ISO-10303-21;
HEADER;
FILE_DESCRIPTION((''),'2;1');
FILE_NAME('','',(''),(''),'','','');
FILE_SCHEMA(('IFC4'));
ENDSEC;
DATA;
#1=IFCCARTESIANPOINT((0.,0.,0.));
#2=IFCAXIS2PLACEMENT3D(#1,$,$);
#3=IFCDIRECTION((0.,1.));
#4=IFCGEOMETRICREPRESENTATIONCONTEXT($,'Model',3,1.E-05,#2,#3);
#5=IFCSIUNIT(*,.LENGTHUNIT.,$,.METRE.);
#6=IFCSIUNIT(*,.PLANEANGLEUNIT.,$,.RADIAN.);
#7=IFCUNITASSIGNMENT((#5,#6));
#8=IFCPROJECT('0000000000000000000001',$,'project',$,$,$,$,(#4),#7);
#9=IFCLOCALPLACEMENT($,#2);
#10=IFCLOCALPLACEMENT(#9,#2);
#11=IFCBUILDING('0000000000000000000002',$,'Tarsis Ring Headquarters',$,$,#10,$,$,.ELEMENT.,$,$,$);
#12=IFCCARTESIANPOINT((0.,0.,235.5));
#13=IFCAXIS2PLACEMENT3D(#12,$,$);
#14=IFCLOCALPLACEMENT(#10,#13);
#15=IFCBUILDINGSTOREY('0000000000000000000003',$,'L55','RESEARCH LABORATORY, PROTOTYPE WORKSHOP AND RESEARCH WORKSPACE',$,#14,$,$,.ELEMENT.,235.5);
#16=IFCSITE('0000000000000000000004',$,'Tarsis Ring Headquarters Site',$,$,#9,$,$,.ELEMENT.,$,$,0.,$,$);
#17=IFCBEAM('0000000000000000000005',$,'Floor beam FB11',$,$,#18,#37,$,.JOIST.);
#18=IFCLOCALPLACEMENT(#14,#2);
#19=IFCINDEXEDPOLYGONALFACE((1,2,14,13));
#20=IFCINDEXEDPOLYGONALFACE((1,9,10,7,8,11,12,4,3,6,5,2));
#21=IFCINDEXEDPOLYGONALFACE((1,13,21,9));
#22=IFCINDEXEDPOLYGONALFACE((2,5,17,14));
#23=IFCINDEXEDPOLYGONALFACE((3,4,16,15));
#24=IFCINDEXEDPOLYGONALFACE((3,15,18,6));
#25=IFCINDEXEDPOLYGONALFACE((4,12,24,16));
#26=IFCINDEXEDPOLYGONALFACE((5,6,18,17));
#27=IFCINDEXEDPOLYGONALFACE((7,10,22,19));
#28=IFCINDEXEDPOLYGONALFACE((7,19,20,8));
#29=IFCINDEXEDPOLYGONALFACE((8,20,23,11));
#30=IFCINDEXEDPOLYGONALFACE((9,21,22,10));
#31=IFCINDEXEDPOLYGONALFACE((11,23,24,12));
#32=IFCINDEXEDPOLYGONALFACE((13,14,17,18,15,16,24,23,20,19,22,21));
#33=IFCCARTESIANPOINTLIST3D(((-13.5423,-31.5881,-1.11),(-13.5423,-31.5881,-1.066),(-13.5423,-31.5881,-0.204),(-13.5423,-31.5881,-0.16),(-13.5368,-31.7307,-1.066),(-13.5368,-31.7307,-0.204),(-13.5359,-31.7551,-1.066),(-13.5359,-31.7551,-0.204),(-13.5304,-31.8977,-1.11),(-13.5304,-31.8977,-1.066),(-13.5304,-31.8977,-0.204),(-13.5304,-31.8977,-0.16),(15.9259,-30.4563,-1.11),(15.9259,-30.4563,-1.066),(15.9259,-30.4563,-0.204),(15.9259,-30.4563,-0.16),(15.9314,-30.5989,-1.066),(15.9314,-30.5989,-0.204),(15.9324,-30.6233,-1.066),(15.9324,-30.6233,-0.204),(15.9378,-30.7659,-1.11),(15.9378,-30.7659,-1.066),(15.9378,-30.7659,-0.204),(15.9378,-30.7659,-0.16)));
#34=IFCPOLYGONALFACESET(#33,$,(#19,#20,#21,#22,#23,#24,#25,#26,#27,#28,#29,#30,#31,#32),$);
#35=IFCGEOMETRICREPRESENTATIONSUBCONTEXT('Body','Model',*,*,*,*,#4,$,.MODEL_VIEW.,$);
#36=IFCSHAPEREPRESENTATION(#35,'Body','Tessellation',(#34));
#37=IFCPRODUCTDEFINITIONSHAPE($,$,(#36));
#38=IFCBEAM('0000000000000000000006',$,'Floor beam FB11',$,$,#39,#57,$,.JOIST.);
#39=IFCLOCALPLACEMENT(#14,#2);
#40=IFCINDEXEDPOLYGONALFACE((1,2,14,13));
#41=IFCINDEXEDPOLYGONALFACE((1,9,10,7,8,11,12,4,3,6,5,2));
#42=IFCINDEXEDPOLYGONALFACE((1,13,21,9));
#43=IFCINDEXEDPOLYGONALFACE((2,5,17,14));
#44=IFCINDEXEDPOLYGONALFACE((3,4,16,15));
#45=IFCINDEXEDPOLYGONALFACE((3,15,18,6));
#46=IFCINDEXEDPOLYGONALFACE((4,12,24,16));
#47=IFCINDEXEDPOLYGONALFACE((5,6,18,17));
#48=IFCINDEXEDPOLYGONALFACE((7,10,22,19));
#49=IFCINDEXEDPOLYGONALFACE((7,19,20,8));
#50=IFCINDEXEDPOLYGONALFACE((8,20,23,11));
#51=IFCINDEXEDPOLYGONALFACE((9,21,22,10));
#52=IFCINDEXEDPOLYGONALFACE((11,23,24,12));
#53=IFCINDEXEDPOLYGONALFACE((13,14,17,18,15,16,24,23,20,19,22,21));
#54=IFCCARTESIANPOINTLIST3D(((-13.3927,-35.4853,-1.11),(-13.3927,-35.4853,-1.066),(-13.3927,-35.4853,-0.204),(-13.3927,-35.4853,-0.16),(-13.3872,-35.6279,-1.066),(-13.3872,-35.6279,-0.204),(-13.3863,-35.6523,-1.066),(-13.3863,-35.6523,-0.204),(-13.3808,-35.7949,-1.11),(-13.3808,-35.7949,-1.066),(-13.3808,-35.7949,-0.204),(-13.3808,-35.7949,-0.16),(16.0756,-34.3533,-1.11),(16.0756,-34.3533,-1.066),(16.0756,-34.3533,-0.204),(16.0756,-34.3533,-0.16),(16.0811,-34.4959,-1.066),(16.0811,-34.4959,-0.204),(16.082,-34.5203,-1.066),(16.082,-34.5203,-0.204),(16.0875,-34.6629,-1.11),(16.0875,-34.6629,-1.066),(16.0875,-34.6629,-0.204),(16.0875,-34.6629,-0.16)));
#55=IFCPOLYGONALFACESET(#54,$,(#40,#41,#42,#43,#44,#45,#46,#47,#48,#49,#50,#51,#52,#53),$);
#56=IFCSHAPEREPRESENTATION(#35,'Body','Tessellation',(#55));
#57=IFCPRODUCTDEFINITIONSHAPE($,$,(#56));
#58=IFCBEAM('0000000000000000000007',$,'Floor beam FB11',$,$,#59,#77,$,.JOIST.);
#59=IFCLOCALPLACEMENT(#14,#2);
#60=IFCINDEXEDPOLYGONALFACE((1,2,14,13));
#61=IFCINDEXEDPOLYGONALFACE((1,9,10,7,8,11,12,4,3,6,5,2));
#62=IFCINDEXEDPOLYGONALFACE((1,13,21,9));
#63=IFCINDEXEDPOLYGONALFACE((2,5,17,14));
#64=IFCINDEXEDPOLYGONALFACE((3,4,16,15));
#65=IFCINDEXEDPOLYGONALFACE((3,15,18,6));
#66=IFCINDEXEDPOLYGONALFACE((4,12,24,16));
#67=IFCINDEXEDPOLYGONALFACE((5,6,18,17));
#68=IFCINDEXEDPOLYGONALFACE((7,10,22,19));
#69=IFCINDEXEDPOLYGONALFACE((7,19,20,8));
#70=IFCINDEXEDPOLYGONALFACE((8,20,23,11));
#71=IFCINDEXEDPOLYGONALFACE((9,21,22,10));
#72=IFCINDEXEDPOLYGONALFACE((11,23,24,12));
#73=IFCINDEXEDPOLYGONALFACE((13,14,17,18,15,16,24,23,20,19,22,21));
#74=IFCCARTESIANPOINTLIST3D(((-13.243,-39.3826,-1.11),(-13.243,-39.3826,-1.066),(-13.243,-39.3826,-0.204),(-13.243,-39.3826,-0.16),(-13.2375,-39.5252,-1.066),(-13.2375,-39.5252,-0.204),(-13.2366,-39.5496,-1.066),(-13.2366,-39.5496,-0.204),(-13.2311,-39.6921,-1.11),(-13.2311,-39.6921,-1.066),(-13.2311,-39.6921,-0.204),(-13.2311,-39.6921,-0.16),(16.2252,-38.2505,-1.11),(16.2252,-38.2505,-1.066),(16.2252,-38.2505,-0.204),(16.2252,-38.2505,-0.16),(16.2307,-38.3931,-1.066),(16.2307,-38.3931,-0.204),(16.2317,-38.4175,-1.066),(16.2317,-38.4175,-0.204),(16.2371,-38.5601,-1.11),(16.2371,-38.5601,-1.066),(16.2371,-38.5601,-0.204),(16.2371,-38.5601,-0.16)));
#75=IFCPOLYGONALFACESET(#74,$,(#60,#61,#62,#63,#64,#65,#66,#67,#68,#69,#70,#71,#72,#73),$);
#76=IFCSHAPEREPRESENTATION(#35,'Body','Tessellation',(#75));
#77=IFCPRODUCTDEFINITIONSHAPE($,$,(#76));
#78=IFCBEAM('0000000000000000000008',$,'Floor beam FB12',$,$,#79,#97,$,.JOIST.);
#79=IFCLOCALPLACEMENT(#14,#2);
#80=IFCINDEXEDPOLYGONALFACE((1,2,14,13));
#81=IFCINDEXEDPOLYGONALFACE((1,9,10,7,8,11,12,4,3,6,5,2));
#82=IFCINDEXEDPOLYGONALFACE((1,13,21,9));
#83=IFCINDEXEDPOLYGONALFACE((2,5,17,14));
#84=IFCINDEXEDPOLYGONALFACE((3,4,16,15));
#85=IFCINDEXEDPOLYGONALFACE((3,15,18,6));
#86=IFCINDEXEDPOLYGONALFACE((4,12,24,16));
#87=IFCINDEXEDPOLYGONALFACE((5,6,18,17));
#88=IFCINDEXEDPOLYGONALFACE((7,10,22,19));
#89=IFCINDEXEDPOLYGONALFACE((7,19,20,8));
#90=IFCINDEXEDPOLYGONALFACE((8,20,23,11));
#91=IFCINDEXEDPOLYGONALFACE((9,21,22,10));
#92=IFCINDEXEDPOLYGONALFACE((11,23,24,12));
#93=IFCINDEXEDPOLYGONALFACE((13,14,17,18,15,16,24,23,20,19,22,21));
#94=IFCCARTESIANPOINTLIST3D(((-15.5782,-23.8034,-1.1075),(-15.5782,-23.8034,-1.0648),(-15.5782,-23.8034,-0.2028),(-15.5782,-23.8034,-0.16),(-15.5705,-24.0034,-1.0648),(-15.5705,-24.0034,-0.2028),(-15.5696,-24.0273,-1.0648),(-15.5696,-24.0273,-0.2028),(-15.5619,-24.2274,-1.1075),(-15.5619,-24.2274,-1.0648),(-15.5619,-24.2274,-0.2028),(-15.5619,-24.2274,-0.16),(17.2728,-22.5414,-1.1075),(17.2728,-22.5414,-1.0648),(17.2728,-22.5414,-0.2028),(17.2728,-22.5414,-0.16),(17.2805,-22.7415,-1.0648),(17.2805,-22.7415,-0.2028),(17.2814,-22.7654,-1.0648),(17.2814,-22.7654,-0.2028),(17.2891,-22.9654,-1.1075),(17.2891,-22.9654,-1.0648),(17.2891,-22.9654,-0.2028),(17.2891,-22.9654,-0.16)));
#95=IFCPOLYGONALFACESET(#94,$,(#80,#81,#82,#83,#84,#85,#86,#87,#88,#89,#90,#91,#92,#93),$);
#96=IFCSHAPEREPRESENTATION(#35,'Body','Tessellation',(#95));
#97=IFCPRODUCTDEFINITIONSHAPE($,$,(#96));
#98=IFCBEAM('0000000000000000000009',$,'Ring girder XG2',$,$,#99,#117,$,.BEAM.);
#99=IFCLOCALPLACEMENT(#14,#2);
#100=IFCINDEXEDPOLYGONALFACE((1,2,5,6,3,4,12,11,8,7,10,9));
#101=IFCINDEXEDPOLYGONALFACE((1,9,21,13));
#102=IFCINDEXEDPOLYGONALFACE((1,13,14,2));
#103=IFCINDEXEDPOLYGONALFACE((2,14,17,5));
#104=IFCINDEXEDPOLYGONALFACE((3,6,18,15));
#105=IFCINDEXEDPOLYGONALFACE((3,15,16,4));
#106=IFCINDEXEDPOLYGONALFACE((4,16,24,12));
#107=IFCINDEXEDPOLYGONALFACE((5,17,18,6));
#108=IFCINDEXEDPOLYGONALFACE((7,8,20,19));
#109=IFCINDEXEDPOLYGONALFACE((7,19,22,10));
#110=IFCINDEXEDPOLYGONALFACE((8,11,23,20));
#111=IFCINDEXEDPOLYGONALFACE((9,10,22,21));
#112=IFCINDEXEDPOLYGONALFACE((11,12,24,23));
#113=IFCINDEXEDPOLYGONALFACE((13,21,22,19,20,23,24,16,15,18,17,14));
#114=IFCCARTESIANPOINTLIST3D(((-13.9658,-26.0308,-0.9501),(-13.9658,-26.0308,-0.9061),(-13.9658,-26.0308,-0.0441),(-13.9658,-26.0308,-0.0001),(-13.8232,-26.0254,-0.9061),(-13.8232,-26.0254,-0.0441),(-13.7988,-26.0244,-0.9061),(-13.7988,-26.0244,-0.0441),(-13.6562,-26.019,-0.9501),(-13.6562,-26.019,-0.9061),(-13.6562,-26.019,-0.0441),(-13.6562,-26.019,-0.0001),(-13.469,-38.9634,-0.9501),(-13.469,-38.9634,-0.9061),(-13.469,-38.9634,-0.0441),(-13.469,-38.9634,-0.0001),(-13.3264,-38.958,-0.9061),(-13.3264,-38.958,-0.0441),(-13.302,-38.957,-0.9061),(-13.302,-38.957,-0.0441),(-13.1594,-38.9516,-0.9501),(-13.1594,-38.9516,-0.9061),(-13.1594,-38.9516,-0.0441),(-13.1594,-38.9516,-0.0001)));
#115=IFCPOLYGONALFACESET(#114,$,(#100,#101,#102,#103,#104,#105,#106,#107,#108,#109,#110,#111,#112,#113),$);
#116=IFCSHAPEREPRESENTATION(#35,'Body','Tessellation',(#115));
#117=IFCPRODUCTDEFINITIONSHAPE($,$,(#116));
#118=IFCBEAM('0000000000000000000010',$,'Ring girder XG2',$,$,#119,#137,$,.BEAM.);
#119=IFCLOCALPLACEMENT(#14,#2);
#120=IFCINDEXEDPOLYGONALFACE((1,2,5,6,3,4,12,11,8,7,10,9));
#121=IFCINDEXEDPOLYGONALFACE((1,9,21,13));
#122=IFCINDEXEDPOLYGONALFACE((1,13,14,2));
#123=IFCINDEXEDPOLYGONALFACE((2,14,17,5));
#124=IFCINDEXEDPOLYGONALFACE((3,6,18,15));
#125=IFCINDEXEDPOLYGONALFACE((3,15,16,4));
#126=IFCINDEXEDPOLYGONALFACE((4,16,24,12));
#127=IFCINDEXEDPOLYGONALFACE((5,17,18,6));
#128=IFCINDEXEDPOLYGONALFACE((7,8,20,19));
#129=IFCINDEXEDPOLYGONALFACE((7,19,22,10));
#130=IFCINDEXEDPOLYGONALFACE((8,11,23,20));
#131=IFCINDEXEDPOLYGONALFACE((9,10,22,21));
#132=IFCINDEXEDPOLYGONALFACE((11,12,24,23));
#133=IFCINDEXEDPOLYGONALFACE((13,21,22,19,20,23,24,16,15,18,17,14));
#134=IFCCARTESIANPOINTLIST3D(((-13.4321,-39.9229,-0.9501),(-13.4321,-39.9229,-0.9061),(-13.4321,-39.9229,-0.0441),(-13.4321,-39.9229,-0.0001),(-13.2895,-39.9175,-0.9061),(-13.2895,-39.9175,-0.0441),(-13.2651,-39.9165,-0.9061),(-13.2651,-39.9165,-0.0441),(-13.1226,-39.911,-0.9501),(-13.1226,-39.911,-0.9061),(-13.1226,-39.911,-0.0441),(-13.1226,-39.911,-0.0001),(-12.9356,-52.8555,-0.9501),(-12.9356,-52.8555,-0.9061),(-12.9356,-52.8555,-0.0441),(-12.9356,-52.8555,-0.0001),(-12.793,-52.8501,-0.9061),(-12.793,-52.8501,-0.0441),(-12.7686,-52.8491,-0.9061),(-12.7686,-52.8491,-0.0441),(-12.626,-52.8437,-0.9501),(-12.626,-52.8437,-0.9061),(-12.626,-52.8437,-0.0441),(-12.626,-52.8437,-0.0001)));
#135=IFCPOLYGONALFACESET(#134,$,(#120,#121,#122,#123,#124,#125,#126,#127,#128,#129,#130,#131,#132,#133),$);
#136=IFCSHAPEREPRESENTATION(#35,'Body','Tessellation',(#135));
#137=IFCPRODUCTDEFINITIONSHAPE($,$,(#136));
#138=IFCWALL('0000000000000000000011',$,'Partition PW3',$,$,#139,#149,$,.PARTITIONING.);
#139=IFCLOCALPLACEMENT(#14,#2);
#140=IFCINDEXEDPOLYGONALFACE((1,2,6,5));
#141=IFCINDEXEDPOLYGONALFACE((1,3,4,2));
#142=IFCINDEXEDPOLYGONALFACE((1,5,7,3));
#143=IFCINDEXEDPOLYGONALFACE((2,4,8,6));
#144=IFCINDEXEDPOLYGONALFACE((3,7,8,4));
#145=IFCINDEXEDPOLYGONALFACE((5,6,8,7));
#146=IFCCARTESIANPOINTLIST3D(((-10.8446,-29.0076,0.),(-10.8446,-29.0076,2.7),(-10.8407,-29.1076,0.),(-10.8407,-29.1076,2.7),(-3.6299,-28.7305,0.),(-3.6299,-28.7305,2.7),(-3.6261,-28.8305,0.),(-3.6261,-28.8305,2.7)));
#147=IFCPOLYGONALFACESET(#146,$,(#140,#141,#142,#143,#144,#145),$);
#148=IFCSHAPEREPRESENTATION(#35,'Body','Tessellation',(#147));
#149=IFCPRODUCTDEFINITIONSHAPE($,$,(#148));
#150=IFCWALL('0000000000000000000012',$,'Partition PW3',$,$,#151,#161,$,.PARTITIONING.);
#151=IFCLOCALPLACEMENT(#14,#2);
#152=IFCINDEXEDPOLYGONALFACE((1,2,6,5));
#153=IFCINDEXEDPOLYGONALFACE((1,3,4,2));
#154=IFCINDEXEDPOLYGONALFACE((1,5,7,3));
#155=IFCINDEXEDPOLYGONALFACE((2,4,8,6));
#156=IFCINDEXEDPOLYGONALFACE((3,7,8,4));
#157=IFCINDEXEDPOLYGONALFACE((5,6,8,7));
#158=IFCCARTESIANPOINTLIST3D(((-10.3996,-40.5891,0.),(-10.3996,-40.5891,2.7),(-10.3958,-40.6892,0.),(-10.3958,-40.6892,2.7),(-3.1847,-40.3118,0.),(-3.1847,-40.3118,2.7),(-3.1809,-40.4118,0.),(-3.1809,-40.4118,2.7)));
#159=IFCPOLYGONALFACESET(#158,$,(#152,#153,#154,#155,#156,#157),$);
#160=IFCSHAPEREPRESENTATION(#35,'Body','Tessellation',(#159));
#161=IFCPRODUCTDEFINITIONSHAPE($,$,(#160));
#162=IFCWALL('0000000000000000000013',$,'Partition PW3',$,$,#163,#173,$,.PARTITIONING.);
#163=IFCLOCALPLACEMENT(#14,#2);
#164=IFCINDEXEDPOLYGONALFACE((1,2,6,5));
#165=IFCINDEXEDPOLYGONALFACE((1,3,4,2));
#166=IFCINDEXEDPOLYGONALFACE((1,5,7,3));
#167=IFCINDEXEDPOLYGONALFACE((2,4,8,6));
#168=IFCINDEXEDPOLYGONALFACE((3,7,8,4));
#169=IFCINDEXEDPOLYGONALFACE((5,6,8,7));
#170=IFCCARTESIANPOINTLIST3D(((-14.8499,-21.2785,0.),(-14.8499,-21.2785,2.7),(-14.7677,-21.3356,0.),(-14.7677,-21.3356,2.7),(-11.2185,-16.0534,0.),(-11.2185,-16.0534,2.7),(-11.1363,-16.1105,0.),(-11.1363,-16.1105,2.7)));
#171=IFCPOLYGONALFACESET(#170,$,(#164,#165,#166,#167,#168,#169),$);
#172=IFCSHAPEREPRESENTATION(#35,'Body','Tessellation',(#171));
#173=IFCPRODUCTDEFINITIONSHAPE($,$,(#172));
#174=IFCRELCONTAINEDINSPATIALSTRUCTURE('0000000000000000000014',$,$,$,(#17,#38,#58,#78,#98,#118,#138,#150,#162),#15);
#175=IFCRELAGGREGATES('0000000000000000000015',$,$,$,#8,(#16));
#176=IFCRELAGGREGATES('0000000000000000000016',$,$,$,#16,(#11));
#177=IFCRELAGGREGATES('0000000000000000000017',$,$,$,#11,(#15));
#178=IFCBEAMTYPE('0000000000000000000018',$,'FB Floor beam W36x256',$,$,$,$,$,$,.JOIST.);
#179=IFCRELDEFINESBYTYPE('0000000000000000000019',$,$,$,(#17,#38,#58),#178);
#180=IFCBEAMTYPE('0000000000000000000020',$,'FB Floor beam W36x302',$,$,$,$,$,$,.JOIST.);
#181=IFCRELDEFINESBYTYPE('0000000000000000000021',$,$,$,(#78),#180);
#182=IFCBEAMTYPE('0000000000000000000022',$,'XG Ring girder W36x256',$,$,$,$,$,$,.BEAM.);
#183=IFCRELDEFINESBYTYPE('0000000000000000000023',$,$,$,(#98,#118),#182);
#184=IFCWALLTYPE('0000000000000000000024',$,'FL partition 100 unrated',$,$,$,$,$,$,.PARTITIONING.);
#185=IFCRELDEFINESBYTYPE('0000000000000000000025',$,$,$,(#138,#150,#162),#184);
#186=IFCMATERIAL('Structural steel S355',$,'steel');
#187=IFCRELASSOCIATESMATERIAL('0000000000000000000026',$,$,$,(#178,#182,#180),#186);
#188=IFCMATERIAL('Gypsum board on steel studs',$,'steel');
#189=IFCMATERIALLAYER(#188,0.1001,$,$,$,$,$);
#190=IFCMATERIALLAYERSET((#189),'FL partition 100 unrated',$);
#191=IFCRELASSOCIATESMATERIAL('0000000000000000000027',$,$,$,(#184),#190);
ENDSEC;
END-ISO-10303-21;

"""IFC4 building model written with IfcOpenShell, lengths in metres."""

from ifc_helpers import new_model, si_unit, direction, frame, frame_2d, origin, origin_2d, place, context, subcontext, project, spatial, rectangle, i_section, extrude, material, layer, layer_set, material_profile, profile_set, type_object, element, save


model = new_model("IFC4")

# Units and contexts
model_context = context("Model", 3, precision=1e-05, world=origin(), true_north=direction((0.0, 1.0)))
body_context = subcontext(model_context, "Body", "Model", "MODEL_VIEW")
ifc_project = project(units=[si_unit("LENGTHUNIT", "METRE"), si_unit("PLANEANGLEUNIT", "RADIAN")], contexts=[model_context])

# Site, building, storey
site_placement = place(None, origin())
site = spatial("IfcSite", under=ifc_project, at=site_placement, Name="Tarsis Ring Headquarters Site", CompositionType="ELEMENT", RefElevation=0.0)
building_placement = place(site_placement, origin())
building = spatial("IfcBuilding", under=site, at=building_placement, Name="Tarsis Ring Headquarters", CompositionType="ELEMENT")
storey_placement = place(building_placement, frame((0.0, 0.0, 235.5)))
storey = spatial("IfcBuildingStorey", under=building, at=storey_placement, Name="L55", Description="RESEARCH LABORATORY, PROTOTYPE WORKSHOP AND RESEARCH WORKSPACE", CompositionType="ELEMENT", Elevation=235.5)

# Shared definitions
ifc_material_1 = material(Name="Structural steel S355", Category="steel")

# Beams
ifc_material_profile_1 = material_profile(ifc_material_1, i_section(OverallWidth=0.3098, OverallDepth=0.95, WebThickness=0.0244, FlangeThickness=0.0439, at=origin_2d()), Name="W36x256")
ifc_profile_set_1 = profile_set([ifc_material_profile_1], Name="Structural steel S355")
beam_type_1 = type_object("IfcBeamType", Name="FB Floor beam W36x256", PredefinedType="JOIST", material=ifc_profile_set_1)
for number, where, z_axis, x_axis, name in (
    (1, (-13.5364, -31.7429, -0.635), (0.999263, 0.03838, 0.0), (-0.03838, 0.999263, 0.0), "Floor beam FB11"),
    (2, (-13.3867, -35.6401, -0.635), (0.999263, 0.038389, 0.0), (-0.038389, 0.999263, 0.0), "Floor beam FB11"),
    (3, (-13.2371, -39.5374, -0.635), (0.999263, 0.038389, 0.0), (-0.038389, 0.999263, 0.0), "Floor beam FB11"),
):
    element("IfcBeam", number, at=place(storey_placement, frame(where, z_axis=z_axis, x_axis=x_axis)), inside=storey, type_object=beam_type_1, Name=name, PredefinedType="JOIST", context=body_context, shape_type="SweptSolid", body=[
        extrude(i_section(OverallWidth=0.3098, OverallDepth=0.95, WebThickness=0.0244, FlangeThickness=0.0439, at=origin_2d()), origin(), (0.0, 0.0, 1.0), 29.49),
    ])
ifc_material_profile_2 = material_profile(ifc_material_1, i_section(OverallWidth=0.4243, OverallDepth=0.9475, WebThickness=0.0239, FlangeThickness=0.0427, at=origin_2d()), Name="W36x302")
ifc_profile_set_2 = profile_set([ifc_material_profile_2], Name="Structural steel S355")
beam_type_2 = type_object("IfcBeamType", Name="FB Floor beam W36x302", PredefinedType="JOIST", material=ifc_profile_set_2)
beam_1_placement = place(storey_placement, frame((-15.5701, -24.0154, -0.6338), z_axis=(0.999263, 0.038386, 0.0), x_axis=(-0.038386, 0.999263, 0.0)))
element("IfcBeam", 4, at=beam_1_placement, inside=storey, type_object=beam_type_2, Name="Floor beam FB12", PredefinedType="JOIST", context=body_context, shape_type="SweptSolid", body=[
    extrude(i_section(OverallWidth=0.4243, OverallDepth=0.9475, WebThickness=0.0239, FlangeThickness=0.0427, at=origin_2d()), origin(), (0.0, 0.0, 1.0), 32.8752),
])
beam_type_3 = type_object("IfcBeamType", Name="XG Ring girder W36x256", PredefinedType="BEAM", material=ifc_profile_set_1)
for number, where, z_axis, x_axis, name in (
    (5, (-13.811, -26.0249, -0.4751), (0.038388, -0.999263, 0.0), (0.999263, 0.038388, 0.0), "Ring girder XG2"),
    (6, (-13.2773, -39.917, -0.4751), (0.038369, -0.999264, 0.0), (0.999264, 0.038369, 0.0), "Ring girder XG2"),
):
    element("IfcBeam", number, at=place(storey_placement, frame(where, z_axis=z_axis, x_axis=x_axis)), inside=storey, type_object=beam_type_3, Name=name, PredefinedType="BEAM", context=body_context, shape_type="SweptSolid", body=[
        extrude(i_section(OverallWidth=0.3098, OverallDepth=0.95, WebThickness=0.0244, FlangeThickness=0.0439, at=origin_2d()), origin(), (0.0, 0.0, 1.0), 12.9421),
    ])

# Walls
ifc_material_2 = material(Name="Gypsum board on steel studs", Category="steel")
ifc_layer_1 = layer(ifc_material_2, 0.1001)
ifc_layer_set_1 = layer_set([ifc_layer_1], Name="FL partition 100 unrated")
wall_type_1 = type_object("IfcWallType", Name="FL partition 100 unrated", PredefinedType="PARTITIONING", material=ifc_layer_set_1)
wall_1_placement = place(storey_placement, frame((-10.8425, -29.0576, 0.0), z_axis=(0.0, 0.0, 1.0), x_axis=(0.999263, 0.03838, 0.0)))
element("IfcWall", 7, at=wall_1_placement, inside=storey, type_object=wall_type_1, Name="Partition PW3", PredefinedType="PARTITIONING", context=body_context, shape_type="SweptSolid", body=[
    extrude(rectangle(XDim=7.22, YDim=0.1001, at=frame_2d((3.6099, 0.0))), origin(), (0.0, 0.0, 1.0), 2.7),
])
wall_2_placement = place(storey_placement, frame((-10.3977, -40.6392, 0.0), z_axis=(0.0, 0.0, 1.0), x_axis=(0.999262, 0.038412, 0.0)))
element("IfcWall", 8, at=wall_2_placement, inside=storey, type_object=wall_type_1, Name="Partition PW3", PredefinedType="PARTITIONING", context=body_context, shape_type="SweptSolid", body=[
    extrude(rectangle(XDim=7.2202, YDim=0.1001, at=frame_2d((3.6101, 0.0))), origin(), (0.0, 0.0, 1.0), 2.7),
])
wall_3_placement = place(storey_placement, frame((-14.8088, -21.3071, 0.0), z_axis=(0.0, 0.0, 1.0), x_axis=(0.570693, 0.821163, 0.0)))
element("IfcWall", 9, at=wall_3_placement, inside=storey, type_object=wall_type_1, Name="Partition PW3", PredefinedType="PARTITIONING", context=body_context, shape_type="SweptSolid", body=[
    extrude(rectangle(XDim=6.363, YDim=0.1001, at=frame_2d((3.1816, 0.0))), origin(), (0.0, 0.0, 1.0), 2.7),
])

save(model, "model.ifc")
